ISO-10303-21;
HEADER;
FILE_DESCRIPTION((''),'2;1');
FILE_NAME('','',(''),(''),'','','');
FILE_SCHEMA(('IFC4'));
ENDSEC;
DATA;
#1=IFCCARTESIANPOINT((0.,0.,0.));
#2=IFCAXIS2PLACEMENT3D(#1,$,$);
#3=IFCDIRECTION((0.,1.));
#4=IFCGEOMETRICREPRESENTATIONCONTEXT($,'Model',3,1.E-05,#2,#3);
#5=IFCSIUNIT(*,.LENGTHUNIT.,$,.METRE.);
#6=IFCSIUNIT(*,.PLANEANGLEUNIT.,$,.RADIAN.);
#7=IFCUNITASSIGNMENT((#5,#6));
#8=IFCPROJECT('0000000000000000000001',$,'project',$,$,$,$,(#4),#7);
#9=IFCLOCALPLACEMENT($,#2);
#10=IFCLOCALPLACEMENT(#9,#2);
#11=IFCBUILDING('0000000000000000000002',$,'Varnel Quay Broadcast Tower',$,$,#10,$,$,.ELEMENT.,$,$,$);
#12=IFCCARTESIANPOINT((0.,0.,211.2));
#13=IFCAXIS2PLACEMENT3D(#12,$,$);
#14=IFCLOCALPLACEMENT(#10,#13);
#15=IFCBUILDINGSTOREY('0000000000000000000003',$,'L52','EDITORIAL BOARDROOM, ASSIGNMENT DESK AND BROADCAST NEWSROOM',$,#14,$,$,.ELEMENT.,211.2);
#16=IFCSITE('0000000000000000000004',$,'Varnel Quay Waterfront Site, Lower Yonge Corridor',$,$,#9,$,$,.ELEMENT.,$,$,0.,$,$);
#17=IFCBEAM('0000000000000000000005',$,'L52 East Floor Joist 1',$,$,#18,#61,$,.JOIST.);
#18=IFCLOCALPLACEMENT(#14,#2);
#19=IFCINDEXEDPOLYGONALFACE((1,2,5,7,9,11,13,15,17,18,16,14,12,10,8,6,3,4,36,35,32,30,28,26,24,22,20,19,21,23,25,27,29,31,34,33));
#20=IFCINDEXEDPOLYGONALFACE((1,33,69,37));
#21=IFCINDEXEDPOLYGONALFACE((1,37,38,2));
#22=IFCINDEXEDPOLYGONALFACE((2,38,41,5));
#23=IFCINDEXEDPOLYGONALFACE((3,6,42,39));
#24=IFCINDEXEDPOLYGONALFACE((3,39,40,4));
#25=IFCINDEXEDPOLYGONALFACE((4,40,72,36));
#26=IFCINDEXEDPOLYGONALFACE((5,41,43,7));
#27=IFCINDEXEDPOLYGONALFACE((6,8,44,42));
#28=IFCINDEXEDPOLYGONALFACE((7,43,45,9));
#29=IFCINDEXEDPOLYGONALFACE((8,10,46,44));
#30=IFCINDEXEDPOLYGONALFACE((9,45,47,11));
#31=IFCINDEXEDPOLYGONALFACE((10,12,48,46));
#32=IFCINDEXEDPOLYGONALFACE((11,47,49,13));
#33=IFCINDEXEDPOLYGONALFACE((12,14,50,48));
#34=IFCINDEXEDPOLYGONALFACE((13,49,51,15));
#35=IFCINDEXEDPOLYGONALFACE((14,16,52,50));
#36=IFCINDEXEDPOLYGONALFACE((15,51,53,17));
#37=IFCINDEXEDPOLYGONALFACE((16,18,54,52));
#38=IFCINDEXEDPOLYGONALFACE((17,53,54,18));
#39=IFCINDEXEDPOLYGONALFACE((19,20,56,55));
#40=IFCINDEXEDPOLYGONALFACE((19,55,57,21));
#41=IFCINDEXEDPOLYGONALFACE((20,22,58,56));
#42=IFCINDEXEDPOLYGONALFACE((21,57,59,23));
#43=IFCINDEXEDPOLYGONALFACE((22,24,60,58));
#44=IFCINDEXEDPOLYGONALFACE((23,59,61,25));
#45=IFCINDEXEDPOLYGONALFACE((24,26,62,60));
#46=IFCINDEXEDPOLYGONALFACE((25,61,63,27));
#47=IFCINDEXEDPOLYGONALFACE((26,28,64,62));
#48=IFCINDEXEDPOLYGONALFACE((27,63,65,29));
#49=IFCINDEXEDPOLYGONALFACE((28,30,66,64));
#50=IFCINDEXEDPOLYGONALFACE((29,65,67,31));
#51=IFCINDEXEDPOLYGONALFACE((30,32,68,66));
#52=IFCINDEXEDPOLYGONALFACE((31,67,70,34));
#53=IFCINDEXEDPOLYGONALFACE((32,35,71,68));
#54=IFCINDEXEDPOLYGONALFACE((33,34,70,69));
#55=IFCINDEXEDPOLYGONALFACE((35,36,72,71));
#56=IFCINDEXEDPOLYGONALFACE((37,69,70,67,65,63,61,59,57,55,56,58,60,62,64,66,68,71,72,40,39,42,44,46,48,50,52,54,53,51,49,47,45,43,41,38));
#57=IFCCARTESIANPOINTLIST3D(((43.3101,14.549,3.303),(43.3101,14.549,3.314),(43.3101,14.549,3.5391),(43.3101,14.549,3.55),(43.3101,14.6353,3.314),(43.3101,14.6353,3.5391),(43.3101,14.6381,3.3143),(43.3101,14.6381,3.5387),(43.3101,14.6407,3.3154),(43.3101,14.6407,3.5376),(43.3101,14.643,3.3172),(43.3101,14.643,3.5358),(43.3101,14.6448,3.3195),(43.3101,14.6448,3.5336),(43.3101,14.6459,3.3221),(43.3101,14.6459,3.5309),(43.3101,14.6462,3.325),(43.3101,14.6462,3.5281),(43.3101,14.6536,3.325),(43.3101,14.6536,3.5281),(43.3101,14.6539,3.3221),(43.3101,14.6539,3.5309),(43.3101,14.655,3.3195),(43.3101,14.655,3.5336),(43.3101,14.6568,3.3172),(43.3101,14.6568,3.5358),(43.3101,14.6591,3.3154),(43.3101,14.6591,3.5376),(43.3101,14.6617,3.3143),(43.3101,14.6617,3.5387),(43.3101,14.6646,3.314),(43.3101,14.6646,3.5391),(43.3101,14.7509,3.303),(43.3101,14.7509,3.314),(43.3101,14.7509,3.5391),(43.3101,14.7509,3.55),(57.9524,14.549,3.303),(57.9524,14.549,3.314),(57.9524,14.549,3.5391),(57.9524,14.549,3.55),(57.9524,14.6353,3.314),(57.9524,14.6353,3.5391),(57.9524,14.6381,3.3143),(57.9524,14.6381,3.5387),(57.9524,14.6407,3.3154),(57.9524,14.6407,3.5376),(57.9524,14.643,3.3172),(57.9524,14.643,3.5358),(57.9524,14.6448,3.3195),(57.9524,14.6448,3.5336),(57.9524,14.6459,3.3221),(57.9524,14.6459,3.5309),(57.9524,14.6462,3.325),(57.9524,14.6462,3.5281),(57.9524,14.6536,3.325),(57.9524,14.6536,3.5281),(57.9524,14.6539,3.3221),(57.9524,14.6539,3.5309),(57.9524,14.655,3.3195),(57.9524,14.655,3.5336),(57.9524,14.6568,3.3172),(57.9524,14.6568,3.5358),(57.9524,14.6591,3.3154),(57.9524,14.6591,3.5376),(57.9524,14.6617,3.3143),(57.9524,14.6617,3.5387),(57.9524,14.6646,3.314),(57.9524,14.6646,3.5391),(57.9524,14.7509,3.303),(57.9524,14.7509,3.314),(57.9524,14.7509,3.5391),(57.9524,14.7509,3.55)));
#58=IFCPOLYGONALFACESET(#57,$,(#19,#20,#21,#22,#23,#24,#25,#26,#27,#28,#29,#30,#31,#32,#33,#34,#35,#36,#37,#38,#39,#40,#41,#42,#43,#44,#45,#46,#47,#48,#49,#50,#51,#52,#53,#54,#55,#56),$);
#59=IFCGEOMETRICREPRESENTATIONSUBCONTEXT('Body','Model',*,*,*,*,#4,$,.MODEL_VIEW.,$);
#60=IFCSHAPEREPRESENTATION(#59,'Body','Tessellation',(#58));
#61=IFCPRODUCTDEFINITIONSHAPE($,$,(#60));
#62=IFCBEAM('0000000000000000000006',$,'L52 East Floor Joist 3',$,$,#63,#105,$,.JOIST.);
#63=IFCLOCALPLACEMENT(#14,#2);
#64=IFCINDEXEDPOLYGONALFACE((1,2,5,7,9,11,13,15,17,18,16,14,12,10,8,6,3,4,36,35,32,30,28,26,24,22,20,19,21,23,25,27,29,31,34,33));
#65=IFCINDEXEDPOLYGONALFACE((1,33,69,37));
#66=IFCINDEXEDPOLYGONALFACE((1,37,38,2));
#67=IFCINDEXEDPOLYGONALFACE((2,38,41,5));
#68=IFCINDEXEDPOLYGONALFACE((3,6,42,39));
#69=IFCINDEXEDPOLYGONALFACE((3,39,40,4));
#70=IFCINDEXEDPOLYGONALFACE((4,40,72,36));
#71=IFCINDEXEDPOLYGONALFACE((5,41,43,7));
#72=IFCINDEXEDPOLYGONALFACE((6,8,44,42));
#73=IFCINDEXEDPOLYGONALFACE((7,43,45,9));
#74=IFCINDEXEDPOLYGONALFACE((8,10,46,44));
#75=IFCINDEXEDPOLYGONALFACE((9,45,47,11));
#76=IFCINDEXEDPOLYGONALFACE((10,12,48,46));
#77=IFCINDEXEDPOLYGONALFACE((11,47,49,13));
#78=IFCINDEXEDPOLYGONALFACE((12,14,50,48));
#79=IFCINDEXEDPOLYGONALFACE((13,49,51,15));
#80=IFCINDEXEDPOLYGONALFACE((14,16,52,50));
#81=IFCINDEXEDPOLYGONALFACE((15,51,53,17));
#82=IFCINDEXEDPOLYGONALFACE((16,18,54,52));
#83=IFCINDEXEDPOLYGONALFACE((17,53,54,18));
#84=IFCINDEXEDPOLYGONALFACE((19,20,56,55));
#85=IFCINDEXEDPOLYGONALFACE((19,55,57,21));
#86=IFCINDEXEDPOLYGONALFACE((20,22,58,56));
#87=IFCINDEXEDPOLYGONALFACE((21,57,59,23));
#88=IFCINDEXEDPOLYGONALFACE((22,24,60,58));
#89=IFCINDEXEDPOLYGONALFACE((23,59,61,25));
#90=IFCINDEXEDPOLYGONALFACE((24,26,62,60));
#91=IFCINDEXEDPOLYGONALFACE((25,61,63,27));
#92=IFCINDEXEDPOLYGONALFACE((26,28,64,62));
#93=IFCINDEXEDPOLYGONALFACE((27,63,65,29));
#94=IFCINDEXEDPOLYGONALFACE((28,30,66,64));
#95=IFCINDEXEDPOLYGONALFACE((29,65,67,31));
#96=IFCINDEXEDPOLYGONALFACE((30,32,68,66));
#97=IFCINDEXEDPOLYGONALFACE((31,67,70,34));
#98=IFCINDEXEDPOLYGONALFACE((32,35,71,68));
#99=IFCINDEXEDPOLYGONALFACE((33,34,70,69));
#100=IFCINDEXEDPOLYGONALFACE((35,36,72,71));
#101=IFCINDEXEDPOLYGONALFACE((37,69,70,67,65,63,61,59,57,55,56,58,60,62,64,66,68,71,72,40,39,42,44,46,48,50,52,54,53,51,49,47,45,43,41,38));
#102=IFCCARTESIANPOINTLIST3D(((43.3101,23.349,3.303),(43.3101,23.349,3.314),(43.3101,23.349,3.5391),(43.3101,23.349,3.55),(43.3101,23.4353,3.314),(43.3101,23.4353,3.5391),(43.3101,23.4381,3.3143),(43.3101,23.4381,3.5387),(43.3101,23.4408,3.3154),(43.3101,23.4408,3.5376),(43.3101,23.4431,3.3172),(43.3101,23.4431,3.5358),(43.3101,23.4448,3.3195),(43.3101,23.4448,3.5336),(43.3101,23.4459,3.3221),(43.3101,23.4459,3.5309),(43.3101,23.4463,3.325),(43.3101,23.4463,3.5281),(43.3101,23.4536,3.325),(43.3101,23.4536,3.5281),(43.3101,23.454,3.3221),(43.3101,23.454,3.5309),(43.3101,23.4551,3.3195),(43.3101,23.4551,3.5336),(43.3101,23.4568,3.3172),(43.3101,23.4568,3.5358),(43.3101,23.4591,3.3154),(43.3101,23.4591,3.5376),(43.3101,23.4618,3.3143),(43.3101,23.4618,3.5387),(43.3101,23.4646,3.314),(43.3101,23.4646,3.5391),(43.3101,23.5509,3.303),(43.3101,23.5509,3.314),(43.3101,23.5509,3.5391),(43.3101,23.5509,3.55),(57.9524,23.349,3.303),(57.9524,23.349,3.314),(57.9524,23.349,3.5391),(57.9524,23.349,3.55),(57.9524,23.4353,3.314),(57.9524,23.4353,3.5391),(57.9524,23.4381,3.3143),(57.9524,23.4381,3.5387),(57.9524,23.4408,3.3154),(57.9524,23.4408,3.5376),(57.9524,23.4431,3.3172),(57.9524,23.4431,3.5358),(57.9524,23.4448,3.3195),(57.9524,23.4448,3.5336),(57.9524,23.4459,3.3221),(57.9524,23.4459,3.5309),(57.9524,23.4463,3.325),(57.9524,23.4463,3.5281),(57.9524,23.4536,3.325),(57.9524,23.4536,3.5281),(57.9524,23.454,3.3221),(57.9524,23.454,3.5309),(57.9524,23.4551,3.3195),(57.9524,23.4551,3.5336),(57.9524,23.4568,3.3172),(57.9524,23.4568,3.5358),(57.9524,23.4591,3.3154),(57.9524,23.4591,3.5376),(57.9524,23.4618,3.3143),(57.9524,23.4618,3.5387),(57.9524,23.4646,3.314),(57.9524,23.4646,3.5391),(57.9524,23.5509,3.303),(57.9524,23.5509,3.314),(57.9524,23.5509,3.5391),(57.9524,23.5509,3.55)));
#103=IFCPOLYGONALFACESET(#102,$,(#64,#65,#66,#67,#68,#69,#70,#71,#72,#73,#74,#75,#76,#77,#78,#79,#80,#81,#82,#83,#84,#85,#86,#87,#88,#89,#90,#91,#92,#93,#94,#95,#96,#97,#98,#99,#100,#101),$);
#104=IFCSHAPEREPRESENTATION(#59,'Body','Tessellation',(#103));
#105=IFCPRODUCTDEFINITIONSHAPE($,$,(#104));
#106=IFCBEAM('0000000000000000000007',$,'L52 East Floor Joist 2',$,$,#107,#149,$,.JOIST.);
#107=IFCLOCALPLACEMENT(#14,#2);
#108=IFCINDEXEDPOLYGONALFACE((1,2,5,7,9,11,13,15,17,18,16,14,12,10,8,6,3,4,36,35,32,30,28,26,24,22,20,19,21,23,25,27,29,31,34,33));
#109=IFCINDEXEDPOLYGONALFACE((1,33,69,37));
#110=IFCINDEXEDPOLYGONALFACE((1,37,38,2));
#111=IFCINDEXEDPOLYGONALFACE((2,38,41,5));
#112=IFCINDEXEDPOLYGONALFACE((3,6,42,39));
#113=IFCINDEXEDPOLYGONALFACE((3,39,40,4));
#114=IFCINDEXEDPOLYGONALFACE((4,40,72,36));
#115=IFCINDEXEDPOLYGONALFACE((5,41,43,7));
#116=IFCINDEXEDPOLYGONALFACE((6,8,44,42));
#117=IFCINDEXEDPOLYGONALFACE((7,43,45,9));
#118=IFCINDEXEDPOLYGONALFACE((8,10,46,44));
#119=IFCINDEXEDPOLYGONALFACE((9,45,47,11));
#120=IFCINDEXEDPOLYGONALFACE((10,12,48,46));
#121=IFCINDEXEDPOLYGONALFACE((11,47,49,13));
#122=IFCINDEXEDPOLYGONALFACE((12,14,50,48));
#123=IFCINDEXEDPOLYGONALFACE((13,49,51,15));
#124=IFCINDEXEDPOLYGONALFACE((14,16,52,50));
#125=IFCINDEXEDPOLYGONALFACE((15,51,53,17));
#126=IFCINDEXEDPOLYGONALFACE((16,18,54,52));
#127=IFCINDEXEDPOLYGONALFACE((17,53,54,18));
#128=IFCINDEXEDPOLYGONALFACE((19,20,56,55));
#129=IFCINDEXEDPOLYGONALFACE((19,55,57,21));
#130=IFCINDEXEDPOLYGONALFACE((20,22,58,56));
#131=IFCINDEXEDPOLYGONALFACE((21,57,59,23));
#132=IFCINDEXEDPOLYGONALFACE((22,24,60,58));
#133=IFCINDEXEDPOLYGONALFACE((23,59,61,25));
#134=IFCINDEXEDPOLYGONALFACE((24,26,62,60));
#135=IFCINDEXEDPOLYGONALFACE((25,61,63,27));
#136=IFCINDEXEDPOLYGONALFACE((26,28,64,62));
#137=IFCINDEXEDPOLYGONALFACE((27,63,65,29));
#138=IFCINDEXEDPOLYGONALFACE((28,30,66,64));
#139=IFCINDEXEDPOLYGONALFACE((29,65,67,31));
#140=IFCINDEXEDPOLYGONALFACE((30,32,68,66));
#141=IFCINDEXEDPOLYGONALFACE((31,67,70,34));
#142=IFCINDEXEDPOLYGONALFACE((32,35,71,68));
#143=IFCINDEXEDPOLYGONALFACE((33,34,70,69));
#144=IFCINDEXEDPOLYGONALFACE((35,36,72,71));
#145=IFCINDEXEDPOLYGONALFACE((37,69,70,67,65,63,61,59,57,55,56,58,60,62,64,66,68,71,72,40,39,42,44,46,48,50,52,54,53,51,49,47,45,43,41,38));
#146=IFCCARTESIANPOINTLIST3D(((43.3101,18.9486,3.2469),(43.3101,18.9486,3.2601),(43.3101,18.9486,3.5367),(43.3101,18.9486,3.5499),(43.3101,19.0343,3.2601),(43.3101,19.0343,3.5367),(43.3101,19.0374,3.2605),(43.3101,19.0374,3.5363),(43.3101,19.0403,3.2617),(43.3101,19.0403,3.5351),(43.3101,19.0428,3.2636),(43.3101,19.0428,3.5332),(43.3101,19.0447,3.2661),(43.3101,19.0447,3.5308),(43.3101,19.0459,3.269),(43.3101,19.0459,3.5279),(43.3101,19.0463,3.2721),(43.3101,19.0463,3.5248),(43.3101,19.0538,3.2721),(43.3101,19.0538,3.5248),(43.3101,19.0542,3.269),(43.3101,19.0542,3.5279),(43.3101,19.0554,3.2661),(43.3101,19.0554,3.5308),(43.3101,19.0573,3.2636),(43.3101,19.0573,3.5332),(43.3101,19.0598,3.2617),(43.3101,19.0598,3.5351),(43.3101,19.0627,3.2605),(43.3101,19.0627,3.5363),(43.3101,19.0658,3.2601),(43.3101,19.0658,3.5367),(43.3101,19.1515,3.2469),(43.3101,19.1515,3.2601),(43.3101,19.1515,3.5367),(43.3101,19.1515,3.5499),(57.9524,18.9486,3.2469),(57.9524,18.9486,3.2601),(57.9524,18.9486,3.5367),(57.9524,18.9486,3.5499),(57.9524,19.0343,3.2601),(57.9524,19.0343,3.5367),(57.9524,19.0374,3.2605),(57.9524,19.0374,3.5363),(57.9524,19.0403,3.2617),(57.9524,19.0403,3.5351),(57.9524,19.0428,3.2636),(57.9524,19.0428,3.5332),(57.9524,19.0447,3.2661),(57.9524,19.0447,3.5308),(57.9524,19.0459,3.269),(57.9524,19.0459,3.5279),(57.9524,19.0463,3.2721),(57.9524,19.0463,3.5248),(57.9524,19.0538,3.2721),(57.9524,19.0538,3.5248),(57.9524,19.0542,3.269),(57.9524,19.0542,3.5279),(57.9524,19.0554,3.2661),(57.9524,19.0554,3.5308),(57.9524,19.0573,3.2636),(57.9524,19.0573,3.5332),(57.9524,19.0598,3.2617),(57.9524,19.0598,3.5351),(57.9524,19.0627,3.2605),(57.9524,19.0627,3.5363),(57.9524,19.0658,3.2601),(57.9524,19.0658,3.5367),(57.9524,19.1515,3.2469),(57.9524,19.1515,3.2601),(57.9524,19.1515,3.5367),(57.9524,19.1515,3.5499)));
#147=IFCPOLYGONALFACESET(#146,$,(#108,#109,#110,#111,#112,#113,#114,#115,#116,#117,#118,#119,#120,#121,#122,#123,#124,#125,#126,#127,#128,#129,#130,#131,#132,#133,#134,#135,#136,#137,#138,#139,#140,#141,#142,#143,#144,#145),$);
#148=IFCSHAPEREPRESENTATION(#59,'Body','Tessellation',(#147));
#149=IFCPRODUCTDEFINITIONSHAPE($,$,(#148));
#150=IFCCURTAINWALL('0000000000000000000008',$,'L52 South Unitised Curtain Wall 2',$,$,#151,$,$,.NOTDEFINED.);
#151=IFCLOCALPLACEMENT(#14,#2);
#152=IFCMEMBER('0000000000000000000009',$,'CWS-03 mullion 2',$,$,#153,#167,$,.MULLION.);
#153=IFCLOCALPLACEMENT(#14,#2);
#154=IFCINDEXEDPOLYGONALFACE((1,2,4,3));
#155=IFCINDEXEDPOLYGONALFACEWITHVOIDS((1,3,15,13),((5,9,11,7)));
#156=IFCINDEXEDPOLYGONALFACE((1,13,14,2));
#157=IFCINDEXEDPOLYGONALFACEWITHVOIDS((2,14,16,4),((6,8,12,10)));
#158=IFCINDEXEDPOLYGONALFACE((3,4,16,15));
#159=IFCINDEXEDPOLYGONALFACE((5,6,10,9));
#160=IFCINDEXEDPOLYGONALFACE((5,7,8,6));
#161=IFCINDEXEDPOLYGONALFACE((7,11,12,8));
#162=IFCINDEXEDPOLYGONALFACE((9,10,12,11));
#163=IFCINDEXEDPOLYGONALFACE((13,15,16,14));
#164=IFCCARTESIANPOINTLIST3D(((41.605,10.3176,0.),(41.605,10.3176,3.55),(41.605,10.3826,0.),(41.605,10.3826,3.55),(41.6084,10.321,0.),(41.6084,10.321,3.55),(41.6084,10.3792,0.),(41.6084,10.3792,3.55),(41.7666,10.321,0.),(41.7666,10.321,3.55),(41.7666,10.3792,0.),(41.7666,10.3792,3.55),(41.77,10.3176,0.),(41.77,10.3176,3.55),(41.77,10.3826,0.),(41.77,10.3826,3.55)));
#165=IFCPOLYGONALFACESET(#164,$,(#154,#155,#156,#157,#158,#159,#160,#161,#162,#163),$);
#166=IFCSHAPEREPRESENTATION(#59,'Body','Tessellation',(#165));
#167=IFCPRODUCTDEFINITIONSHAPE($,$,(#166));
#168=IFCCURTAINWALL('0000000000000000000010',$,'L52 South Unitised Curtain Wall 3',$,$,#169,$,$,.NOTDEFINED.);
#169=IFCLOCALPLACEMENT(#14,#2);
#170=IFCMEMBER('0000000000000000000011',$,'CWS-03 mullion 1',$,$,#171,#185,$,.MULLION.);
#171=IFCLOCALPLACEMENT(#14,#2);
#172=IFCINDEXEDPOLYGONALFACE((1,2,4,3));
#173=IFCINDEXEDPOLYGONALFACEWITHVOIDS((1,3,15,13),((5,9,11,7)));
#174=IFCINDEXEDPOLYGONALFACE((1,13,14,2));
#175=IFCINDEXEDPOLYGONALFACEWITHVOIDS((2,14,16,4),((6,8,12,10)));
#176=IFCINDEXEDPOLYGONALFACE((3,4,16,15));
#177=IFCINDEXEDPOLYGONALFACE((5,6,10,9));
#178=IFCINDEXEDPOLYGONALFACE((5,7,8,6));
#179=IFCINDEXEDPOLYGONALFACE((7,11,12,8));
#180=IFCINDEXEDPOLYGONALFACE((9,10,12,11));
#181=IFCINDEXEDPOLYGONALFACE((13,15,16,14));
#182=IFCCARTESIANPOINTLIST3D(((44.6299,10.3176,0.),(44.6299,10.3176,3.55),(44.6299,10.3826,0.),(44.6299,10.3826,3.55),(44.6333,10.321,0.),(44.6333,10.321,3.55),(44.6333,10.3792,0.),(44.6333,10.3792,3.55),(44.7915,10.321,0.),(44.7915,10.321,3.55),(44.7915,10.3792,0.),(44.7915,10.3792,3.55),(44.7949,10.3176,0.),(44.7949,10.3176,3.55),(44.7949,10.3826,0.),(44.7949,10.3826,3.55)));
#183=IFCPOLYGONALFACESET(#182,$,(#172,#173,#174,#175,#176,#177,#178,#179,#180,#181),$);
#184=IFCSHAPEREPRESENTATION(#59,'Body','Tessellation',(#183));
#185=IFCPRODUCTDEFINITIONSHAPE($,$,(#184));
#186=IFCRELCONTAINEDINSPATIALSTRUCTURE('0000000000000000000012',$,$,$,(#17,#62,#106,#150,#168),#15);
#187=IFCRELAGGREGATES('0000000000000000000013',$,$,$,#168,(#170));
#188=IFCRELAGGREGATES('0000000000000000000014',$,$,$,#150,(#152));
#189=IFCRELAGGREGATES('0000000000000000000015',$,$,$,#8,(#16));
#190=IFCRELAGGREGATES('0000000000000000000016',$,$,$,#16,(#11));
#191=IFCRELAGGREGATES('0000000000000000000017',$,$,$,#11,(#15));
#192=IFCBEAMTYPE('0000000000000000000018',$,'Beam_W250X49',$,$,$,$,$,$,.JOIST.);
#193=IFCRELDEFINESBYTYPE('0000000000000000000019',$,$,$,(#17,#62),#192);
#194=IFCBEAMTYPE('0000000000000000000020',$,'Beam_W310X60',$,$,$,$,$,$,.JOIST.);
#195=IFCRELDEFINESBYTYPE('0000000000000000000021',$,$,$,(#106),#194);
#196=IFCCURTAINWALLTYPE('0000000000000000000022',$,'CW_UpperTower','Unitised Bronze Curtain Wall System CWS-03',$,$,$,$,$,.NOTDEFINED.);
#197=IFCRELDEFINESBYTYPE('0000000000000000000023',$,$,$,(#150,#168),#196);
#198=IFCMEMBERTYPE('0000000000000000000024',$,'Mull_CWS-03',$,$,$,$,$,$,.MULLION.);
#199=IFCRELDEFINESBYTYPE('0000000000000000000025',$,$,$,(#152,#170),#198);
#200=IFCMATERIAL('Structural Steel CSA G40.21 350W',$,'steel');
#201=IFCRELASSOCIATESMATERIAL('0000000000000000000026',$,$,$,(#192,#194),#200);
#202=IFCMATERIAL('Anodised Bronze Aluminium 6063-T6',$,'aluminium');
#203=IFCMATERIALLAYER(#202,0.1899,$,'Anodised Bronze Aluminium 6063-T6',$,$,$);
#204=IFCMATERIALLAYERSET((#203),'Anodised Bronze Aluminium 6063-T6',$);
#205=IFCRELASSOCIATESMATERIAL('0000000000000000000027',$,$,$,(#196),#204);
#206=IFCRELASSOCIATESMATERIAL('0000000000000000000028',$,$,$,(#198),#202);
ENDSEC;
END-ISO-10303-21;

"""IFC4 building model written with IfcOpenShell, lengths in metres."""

from ifc_helpers import new_model, si_unit, direction, frame, origin, origin_2d, place, context, subcontext, project, spatial, hollow_rectangle, i_section, extrude, source, transform, mapped, material, layer, layer_set, material_profile, profile_set, type_object, type_shapes, element, aggregate, save


model = new_model("IFC4")

# Units and contexts
model_context = context("Model", 3, precision=1e-05, world=origin(), true_north=direction((0.0, 1.0)))
body_context = subcontext(model_context, "Body", "Model", "MODEL_VIEW")
ifc_project = project(units=[si_unit("LENGTHUNIT", "METRE"), si_unit("PLANEANGLEUNIT", "RADIAN")], contexts=[model_context])

# Site, building, storey
site_placement = place(None, origin())
site = spatial("IfcSite", under=ifc_project, at=site_placement, Name="Varnel Quay Waterfront Site, Lower Yonge Corridor", CompositionType="ELEMENT", RefElevation=0.0)
building_placement = place(site_placement, origin())
building = spatial("IfcBuilding", under=site, at=building_placement, Name="Varnel Quay Broadcast Tower", CompositionType="ELEMENT")
storey_placement = place(building_placement, frame((0.0, 0.0, 211.2)))
storey = spatial("IfcBuildingStorey", under=building, at=storey_placement, Name="L52", Description="EDITORIAL BOARDROOM, ASSIGNMENT DESK AND BROADCAST NEWSROOM", CompositionType="ELEMENT", Elevation=211.2)

# Shared definitions
ifc_material_1 = material(Name="Structural Steel CSA G40.21 350W", Category="steel")

# Beams
ifc_material_profile_1 = material_profile(ifc_material_1, i_section(OverallWidth=0.2019, OverallDepth=0.2471, WebThickness=0.0073, FlangeThickness=0.011, FilletRadius=0.011, at=origin_2d()), Name="W250X49")
ifc_profile_set_1 = profile_set([ifc_material_profile_1], Name="Structural Steel CSA G40.21 350W")
beam_type_1 = type_object("IfcBeamType", Name="Beam_W250X49", PredefinedType="JOIST", material=ifc_profile_set_1)
shared_shape_1 = source(origin(), body_context, "Body", "SweptSolid", [
    extrude(i_section(OverallWidth=0.2019, OverallDepth=0.2471, WebThickness=0.0073, FlangeThickness=0.011, FilletRadius=0.011, at=origin_2d()), origin(), (0.0, 0.0, 1.0), 14.6423),
])
type_shapes(beam_type_1, [shared_shape_1])
for number, where, z_axis, x_axis, name in (
    (1, (43.3101, 14.6499, 3.4265), (1.0, 0.0, 0.0), (0.0, 1.0, 0.0), "L52 East Floor Joist 1"),
    (2, (43.3101, 23.45, 3.4265), (1.0, 0.0, 0.0), (0.0, 1.0, 0.0), "L52 East Floor Joist 3"),
):
    element("IfcBeam", number, at=place(storey_placement, frame(where, z_axis=z_axis, x_axis=x_axis)), inside=storey, type_object=beam_type_1, Name=name, PredefinedType="JOIST", context=body_context, shape_type="MappedRepresentation", body=[
        mapped(shared_shape_1, transform((0.0, 0.0, 0.0), x_axis=(1.0, 0.0, 0.0), y_axis=(0.0, 1.0, 0.0), z_axis=(0.0, 0.0, 1.0), scale=1.0)),
    ])
ifc_material_profile_2 = material_profile(ifc_material_1, i_section(OverallWidth=0.2029, OverallDepth=0.303, WebThickness=0.0076, FlangeThickness=0.0132, FilletRadius=0.012, at=origin_2d()), Name="W310X60")
ifc_profile_set_2 = profile_set([ifc_material_profile_2], Name="Structural Steel CSA G40.21 350W")
beam_type_2 = type_object("IfcBeamType", Name="Beam_W310X60", PredefinedType="JOIST", material=ifc_profile_set_2)
shared_shape_2 = source(origin(), body_context, "Body", "SweptSolid", [
    extrude(i_section(OverallWidth=0.2029, OverallDepth=0.303, WebThickness=0.0076, FlangeThickness=0.0132, FilletRadius=0.012, at=origin_2d()), origin(), (0.0, 0.0, 1.0), 14.6423),
])
type_shapes(beam_type_2, [shared_shape_2])
beam_1_placement = place(storey_placement, frame((43.3101, 19.05, 3.3984), z_axis=(1.0, 0.0, 0.0), x_axis=(0.0, 1.0, 0.0)))
element("IfcBeam", 3, at=beam_1_placement, inside=storey, type_object=beam_type_2, Name="L52 East Floor Joist 2", PredefinedType="JOIST", context=body_context, shape_type="MappedRepresentation", body=[
    mapped(shared_shape_2, transform((0.0, 0.0, 0.0), x_axis=(1.0, 0.0, 0.0), y_axis=(0.0, 1.0, 0.0), z_axis=(0.0, 0.0, 1.0), scale=1.0)),
])

# Curtain wall, member
ifc_material_2 = material(Name="Anodised Bronze Aluminium 6063-T6", Category="aluminium")
ifc_layer_1 = layer(ifc_material_2, 0.1899, Name="Anodised Bronze Aluminium 6063-T6")
ifc_layer_set_1 = layer_set([ifc_layer_1], Name="Anodised Bronze Aluminium 6063-T6")
curtain_wall_type = type_object("IfcCurtainWallType", Name="CW_UpperTower", Description="Unitised Bronze Curtain Wall System CWS-03", PredefinedType="NOTDEFINED", material=ifc_layer_set_1)
curtain_wall_1_placement = place(storey_placement, origin())
curtain_wall_1 = element("IfcCurtainWall", 4, at=curtain_wall_1_placement, inside=storey, type_object=curtain_wall_type, Name="L52 South Unitised Curtain Wall 2", PredefinedType="NOTDEFINED")
ifc_material_profile_3 = material_profile(ifc_material_2, hollow_rectangle(XDim=0.0649, YDim=0.165, WallThickness=0.0034, at=origin_2d()), Name="ALU65X165X3.5")
ifc_profile_set_3 = profile_set([ifc_material_profile_3], Name="Anodised Bronze Aluminium 6063-T6")
member_type_1 = type_object("IfcMemberType", Name="Mull_CWS-03", PredefinedType="MULLION", material=ifc_profile_set_3)
shared_shape_3 = source(origin(), body_context, "Body", "SweptSolid", [
    extrude(hollow_rectangle(XDim=0.0649, YDim=0.165, WallThickness=0.0034, at=origin_2d()), origin(), (0.0, 0.0, 1.0), 3.55),
])
type_shapes(member_type_1, [shared_shape_3])
member_1_placement = place(storey_placement, frame((41.6875, 10.3501, 0.0), z_axis=(0.0, 0.0, 1.0), x_axis=(0.0, 1.0, 0.0)))
member_1 = element("IfcMember", 5, at=member_1_placement, type_object=member_type_1, Name="CWS-03 mullion 2", PredefinedType="MULLION", context=body_context, shape_type="MappedRepresentation", body=[
    mapped(shared_shape_3, transform((0.0, 0.0, 0.0), x_axis=(1.0, 0.0, 0.0), y_axis=(0.0, 1.0, 0.0), z_axis=(0.0, 0.0, 1.0), scale=1.0)),
])

# Curtain wall, member
curtain_wall_2_placement = place(storey_placement, origin())
curtain_wall_2 = element("IfcCurtainWall", 6, at=curtain_wall_2_placement, inside=storey, type_object=curtain_wall_type, Name="L52 South Unitised Curtain Wall 3", PredefinedType="NOTDEFINED")
member_2_placement = place(storey_placement, frame((44.7124, 10.3501, 0.0), z_axis=(0.0, 0.0, 1.0), x_axis=(0.0, 1.0, 0.0)))
member_2 = element("IfcMember", 7, at=member_2_placement, type_object=member_type_1, Name="CWS-03 mullion 1", PredefinedType="MULLION", context=body_context, shape_type="MappedRepresentation", body=[
    mapped(shared_shape_3, transform((0.0, 0.0, 0.0), x_axis=(1.0, 0.0, 0.0), y_axis=(0.0, 1.0, 0.0), z_axis=(0.0, 0.0, 1.0), scale=1.0)),
])
aggregate(curtain_wall_2, [member_2])

aggregate(curtain_wall_1, [member_1])

save(model, "model.ifc")
